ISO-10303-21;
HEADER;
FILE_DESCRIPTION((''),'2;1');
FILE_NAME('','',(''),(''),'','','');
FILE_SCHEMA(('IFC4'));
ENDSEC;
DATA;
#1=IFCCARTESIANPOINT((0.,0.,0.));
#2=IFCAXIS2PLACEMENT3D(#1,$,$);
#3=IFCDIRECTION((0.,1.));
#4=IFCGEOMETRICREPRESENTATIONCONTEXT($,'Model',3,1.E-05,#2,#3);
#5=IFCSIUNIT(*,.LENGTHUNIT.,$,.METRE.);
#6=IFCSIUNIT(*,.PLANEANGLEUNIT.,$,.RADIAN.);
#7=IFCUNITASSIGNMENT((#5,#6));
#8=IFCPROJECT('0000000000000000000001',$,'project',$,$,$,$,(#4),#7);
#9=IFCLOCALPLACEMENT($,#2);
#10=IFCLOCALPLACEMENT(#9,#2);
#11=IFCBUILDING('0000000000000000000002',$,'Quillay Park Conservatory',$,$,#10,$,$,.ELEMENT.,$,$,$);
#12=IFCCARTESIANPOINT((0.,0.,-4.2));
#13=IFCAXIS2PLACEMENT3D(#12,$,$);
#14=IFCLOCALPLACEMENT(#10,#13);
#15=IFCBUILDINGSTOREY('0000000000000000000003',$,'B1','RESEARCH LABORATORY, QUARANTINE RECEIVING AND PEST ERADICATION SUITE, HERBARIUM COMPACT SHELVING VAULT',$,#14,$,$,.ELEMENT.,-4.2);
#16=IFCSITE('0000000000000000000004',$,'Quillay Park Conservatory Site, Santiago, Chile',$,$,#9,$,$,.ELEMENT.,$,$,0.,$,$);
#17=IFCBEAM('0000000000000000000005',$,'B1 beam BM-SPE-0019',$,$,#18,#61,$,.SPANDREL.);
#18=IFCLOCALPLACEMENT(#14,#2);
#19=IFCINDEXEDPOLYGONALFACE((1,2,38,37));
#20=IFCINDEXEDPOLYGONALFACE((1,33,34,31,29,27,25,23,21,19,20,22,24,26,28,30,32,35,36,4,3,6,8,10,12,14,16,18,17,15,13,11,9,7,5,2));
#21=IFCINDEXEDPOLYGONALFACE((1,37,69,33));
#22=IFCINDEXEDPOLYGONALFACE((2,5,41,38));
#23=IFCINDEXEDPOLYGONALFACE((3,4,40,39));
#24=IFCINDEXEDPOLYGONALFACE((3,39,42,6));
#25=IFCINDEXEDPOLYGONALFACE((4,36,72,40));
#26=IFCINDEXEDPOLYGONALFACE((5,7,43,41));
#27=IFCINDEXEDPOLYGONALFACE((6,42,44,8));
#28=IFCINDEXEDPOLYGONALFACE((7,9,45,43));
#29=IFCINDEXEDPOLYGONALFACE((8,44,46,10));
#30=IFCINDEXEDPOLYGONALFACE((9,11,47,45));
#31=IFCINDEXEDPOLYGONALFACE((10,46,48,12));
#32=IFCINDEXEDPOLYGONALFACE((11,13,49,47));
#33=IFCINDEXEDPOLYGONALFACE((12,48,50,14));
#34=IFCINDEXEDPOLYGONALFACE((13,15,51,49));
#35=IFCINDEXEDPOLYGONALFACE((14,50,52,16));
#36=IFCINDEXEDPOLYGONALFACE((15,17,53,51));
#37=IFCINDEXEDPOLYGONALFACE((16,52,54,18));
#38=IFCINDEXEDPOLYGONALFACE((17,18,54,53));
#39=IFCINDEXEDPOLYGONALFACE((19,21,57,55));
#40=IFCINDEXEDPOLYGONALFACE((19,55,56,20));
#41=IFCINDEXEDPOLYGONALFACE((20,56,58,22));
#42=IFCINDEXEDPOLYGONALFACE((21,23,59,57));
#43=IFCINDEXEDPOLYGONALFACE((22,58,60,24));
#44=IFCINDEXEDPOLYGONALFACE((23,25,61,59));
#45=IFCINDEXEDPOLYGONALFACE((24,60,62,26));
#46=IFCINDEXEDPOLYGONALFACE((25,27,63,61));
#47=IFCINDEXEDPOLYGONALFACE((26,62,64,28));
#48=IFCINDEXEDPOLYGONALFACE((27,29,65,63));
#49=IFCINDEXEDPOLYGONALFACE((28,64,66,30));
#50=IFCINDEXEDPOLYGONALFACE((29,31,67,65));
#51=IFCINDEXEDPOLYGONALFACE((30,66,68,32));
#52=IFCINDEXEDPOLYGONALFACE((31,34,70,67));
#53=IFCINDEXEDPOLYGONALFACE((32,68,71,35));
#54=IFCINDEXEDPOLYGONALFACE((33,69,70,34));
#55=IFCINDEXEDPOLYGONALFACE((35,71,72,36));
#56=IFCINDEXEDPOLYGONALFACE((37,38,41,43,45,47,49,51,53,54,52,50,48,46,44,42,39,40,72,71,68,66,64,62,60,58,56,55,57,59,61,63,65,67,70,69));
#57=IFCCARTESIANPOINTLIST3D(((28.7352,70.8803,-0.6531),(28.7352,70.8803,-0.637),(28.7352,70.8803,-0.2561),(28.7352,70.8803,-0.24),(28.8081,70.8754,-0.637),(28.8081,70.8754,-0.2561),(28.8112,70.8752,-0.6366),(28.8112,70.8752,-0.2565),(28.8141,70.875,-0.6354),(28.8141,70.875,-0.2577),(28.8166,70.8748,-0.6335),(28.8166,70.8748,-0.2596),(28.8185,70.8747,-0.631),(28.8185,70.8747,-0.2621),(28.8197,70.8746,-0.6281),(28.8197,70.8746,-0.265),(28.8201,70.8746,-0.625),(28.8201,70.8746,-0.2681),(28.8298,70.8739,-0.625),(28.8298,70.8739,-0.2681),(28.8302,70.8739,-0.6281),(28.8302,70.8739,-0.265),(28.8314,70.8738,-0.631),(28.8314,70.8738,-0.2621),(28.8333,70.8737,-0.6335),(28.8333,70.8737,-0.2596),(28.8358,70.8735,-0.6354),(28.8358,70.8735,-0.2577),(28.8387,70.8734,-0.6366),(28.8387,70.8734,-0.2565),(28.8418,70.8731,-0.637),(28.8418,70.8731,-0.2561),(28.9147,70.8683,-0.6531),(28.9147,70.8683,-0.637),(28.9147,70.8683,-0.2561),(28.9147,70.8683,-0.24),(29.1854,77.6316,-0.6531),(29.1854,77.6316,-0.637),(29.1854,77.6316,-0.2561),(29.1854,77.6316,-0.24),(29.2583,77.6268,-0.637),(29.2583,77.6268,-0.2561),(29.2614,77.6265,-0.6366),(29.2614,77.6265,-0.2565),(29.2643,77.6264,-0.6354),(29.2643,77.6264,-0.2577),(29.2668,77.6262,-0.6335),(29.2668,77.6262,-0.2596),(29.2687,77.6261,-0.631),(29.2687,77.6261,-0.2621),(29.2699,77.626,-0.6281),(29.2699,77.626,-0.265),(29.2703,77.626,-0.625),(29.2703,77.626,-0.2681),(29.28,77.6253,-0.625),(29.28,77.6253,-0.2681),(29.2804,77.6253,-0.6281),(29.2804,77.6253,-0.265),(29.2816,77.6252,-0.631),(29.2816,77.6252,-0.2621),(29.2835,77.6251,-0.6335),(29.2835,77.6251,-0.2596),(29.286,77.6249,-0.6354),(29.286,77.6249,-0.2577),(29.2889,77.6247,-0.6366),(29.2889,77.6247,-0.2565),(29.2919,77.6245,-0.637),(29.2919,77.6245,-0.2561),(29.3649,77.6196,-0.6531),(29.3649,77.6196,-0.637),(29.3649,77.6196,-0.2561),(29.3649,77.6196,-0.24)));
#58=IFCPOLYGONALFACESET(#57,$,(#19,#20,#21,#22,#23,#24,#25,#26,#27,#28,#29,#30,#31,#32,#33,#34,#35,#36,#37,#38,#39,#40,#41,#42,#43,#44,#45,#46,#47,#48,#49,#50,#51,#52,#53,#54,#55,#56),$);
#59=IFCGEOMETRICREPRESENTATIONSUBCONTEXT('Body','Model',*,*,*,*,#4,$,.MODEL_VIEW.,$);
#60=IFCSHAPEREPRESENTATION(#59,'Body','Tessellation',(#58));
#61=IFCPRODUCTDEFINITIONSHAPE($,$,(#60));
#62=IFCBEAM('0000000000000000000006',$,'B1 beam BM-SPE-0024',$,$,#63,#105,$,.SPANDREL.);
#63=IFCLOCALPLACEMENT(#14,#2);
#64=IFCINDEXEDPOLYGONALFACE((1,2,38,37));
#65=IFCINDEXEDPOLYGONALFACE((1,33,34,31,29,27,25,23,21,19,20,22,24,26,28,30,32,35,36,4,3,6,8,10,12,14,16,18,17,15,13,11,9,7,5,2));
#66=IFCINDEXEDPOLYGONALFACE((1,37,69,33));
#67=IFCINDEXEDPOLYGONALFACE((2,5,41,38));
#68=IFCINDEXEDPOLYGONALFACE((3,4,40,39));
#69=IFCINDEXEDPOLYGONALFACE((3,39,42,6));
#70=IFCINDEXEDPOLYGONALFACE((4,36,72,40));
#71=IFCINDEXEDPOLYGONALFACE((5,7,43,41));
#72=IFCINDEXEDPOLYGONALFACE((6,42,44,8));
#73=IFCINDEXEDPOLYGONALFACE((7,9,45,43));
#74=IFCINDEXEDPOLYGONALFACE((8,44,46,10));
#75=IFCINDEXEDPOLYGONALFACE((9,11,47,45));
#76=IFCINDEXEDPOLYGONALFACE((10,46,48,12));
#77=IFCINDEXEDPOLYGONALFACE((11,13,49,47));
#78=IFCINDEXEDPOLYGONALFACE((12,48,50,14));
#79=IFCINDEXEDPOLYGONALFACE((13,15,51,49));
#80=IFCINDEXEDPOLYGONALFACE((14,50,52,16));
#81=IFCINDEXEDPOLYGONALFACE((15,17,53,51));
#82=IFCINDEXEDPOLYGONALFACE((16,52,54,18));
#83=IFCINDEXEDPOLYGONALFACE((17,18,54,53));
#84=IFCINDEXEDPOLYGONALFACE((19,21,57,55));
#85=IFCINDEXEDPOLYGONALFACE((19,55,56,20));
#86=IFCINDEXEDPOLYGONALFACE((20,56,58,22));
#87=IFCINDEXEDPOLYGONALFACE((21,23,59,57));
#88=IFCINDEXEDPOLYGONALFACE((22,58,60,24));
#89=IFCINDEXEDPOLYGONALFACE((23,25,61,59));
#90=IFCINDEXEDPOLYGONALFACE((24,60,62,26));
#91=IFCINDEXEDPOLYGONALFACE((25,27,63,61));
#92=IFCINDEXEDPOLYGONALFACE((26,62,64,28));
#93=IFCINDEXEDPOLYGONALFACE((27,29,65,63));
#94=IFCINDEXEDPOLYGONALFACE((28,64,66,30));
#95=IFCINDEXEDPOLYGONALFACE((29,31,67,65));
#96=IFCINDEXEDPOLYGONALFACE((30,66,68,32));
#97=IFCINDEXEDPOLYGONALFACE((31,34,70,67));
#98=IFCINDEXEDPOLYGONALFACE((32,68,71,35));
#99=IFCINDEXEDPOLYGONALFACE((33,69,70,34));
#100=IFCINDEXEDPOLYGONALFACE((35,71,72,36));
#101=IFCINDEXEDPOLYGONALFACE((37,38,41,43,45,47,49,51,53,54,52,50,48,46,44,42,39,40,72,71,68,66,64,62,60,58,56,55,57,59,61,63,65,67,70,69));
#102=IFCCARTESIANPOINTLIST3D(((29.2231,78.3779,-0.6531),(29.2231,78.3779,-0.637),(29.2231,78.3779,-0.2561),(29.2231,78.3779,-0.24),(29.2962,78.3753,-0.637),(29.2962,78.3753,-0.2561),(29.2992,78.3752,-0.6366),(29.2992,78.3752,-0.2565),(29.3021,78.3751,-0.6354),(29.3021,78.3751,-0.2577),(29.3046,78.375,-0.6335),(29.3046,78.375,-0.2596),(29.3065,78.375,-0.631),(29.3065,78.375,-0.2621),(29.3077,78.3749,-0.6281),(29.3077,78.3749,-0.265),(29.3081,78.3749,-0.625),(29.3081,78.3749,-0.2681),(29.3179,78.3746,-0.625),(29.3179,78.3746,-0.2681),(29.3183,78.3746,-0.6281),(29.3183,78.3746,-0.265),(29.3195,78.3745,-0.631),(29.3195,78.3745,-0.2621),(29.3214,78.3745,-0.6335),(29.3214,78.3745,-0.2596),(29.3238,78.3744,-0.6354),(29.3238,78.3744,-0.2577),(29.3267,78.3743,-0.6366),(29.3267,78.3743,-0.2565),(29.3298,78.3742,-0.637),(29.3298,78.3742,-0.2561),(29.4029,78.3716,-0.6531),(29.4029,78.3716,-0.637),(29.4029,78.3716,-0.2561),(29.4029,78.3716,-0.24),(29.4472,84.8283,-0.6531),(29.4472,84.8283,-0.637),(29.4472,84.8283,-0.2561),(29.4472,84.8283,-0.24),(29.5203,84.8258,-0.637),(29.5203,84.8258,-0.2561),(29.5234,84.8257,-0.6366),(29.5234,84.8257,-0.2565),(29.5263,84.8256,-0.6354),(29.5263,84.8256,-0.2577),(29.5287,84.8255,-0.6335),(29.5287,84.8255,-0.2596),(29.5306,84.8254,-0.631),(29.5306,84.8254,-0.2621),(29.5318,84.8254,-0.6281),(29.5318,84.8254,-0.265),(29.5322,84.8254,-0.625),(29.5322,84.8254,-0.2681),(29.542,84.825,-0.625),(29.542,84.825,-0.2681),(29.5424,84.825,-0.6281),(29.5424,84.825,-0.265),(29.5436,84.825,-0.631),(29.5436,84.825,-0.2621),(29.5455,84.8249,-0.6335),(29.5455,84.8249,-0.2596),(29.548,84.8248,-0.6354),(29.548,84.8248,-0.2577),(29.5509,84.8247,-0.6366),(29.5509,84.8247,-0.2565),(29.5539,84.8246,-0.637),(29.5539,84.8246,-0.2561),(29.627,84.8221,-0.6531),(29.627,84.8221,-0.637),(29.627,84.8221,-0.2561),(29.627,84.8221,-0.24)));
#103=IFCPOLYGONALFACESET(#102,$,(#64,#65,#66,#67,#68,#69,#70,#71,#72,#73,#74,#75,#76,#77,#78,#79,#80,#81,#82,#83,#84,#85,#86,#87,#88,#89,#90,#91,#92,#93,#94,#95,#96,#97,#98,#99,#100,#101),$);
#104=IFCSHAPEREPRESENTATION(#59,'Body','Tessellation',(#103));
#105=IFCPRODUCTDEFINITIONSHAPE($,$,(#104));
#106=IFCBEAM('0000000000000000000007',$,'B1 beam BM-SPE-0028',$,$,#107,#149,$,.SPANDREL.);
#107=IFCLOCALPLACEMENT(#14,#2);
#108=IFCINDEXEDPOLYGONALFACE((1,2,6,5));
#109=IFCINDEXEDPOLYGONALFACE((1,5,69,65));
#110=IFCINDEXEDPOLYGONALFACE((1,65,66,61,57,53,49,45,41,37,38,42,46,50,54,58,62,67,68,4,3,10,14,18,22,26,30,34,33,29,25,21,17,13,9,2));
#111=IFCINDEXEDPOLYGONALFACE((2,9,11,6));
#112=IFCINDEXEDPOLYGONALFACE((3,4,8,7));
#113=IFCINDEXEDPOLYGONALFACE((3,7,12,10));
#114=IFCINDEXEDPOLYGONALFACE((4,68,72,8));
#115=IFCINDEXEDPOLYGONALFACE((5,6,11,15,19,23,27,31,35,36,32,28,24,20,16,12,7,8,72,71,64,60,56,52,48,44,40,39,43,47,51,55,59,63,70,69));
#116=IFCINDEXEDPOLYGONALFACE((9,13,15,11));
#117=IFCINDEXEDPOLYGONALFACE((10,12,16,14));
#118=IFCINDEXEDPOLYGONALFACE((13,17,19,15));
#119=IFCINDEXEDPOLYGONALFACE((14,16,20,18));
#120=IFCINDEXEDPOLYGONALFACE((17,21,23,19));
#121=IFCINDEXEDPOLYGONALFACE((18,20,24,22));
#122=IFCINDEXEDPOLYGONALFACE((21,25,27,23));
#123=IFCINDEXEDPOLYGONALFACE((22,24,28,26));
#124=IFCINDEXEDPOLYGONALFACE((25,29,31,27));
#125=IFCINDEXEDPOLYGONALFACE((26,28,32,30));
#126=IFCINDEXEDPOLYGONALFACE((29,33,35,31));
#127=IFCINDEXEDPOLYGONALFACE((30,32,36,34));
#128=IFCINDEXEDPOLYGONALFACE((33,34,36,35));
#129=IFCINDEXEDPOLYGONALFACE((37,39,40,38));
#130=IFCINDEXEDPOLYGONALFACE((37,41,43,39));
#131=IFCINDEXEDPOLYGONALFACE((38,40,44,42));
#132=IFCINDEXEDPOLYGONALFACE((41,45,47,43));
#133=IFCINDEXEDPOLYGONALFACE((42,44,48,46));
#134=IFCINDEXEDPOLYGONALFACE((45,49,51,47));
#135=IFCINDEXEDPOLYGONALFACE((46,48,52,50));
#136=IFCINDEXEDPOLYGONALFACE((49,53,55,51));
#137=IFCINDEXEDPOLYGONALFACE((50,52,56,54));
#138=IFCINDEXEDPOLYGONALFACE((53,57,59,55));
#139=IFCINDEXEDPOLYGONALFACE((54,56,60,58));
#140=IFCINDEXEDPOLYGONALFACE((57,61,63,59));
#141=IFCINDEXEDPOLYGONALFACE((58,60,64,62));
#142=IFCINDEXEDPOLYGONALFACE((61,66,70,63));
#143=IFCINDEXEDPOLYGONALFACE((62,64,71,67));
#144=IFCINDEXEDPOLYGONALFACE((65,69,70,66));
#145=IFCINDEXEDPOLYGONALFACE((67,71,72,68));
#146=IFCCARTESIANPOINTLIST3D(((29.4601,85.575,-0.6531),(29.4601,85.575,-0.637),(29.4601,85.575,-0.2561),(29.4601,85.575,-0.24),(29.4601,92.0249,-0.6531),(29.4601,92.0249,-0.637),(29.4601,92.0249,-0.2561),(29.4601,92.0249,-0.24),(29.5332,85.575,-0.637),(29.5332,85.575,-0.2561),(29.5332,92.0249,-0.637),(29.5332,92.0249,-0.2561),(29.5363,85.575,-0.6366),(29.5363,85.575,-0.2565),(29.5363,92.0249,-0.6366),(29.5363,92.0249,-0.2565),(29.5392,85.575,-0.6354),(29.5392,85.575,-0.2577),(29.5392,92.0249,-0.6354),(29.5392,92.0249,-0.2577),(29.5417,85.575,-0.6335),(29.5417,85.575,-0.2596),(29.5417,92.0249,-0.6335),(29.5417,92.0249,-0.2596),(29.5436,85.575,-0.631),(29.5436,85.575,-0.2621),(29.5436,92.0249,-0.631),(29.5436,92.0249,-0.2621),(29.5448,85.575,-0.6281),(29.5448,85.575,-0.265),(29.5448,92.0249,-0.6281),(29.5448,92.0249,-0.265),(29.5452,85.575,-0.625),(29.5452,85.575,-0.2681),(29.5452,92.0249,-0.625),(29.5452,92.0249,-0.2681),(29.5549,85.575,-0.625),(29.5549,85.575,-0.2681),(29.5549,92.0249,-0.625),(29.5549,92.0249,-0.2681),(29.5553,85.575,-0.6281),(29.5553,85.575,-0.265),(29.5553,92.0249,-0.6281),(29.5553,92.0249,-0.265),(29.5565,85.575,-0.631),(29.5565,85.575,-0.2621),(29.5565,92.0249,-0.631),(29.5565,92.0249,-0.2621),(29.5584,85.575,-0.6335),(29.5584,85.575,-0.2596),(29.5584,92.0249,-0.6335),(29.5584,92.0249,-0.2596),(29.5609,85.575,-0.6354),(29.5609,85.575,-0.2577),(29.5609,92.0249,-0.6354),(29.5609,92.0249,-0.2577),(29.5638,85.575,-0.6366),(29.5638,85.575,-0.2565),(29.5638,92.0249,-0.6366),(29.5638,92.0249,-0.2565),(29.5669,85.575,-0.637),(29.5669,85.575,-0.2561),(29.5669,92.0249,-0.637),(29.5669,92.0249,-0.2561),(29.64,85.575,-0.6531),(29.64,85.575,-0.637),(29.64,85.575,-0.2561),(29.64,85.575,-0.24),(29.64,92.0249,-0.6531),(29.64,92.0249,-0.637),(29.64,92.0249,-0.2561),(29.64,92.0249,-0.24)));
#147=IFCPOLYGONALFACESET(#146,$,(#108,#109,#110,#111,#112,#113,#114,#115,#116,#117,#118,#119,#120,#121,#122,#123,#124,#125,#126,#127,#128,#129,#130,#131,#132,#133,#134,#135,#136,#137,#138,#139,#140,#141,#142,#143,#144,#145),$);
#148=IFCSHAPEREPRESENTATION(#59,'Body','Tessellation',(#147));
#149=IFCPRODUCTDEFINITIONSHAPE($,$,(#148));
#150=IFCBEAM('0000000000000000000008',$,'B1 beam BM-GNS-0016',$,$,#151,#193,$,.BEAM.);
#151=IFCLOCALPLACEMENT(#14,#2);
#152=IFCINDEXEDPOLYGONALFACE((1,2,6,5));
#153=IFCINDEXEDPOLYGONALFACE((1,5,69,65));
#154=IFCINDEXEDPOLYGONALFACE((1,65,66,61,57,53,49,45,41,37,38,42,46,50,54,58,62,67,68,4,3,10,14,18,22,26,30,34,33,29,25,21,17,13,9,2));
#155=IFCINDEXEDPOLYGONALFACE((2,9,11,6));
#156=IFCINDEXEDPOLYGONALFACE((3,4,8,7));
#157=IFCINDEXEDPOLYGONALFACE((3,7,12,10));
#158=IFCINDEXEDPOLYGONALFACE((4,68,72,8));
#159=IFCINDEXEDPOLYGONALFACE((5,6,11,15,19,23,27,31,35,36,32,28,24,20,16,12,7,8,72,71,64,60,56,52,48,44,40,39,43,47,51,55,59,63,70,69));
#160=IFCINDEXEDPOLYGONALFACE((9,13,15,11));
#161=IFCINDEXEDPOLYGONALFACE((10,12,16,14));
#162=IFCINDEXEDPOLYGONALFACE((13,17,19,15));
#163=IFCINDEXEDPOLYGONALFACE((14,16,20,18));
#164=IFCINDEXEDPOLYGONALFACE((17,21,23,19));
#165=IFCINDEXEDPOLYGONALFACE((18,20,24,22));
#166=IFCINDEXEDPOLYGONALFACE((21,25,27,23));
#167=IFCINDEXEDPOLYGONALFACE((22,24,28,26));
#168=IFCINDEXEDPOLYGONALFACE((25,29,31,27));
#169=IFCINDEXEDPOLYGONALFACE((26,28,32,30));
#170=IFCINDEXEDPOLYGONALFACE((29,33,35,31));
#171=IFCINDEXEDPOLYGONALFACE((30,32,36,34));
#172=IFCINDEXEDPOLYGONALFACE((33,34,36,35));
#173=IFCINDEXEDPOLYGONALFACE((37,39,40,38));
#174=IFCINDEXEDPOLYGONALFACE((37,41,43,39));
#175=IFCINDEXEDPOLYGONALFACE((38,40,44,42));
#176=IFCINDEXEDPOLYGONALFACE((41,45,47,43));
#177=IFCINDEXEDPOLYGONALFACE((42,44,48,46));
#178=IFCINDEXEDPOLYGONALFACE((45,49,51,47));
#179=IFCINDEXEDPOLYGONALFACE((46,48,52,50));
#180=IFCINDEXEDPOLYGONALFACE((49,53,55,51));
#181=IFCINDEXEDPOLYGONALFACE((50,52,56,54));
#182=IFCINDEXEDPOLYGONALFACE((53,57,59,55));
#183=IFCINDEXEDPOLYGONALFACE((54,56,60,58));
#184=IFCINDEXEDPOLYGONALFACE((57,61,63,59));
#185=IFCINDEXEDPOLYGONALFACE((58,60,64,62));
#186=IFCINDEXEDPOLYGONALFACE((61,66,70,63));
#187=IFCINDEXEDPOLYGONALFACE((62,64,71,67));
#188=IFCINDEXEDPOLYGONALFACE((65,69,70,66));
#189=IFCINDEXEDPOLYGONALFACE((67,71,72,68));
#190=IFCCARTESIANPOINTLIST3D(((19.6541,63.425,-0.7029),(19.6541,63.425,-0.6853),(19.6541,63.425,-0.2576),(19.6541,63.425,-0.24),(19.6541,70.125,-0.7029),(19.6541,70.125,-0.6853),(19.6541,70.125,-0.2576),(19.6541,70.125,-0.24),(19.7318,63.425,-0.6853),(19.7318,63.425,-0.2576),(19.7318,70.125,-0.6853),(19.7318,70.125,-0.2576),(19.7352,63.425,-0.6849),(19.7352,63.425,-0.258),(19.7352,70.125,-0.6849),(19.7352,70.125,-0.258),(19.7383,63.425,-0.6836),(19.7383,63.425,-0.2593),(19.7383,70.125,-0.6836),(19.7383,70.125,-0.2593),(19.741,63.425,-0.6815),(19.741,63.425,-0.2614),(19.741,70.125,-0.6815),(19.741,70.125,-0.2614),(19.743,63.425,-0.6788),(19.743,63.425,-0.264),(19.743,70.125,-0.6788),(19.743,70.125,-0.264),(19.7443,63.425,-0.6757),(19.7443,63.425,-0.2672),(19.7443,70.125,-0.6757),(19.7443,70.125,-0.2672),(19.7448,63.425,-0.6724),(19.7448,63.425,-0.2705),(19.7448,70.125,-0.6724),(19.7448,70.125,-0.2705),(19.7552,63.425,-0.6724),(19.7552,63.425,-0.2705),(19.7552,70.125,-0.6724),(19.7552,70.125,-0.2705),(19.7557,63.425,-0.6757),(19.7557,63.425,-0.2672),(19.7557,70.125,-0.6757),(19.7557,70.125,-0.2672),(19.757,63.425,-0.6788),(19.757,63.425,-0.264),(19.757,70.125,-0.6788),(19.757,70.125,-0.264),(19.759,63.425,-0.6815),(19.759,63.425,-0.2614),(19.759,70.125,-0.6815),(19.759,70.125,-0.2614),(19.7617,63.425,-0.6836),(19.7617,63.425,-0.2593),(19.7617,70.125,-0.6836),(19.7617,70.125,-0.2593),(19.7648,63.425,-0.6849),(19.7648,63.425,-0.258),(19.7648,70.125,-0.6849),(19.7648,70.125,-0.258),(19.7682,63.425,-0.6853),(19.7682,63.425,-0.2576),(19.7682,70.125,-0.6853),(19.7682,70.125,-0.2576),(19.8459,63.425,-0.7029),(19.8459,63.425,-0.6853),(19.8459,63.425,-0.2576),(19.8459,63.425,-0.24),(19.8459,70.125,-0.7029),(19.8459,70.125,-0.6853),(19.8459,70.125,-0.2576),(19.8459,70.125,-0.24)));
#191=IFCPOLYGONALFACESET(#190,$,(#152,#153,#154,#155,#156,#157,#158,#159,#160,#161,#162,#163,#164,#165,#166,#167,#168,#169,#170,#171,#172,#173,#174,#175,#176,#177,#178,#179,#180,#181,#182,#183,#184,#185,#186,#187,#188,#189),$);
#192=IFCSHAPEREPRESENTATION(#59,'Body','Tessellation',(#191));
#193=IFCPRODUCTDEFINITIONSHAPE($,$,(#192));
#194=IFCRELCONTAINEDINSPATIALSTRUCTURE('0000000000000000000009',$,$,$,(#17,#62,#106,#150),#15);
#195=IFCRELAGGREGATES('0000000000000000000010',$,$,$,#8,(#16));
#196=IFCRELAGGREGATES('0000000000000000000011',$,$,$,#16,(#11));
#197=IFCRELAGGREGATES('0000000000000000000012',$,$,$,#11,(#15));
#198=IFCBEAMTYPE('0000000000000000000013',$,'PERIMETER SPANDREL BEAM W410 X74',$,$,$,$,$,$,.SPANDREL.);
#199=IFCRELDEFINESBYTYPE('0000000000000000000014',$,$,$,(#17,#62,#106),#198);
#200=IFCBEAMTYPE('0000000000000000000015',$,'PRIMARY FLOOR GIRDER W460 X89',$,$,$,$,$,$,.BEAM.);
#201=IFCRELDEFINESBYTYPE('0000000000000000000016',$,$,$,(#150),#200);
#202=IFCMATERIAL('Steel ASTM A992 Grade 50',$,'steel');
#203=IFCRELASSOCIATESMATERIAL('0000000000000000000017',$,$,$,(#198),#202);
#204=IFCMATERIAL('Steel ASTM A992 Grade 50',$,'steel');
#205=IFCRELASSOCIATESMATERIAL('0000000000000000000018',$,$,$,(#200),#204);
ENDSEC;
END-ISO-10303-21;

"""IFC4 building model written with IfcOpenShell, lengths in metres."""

from ifc_helpers import new_model, si_unit, direction, frame, origin, origin_2d, place, context, subcontext, project, spatial, i_section, extrude, material, material_profile, profile_set, type_object, element, save


model = new_model("IFC4")

# Units and contexts
model_context = context("Model", 3, precision=1e-05, world=origin(), true_north=direction((0.0, 1.0)))
body_context = subcontext(model_context, "Body", "Model", "MODEL_VIEW")
ifc_project = project(units=[si_unit("LENGTHUNIT", "METRE"), si_unit("PLANEANGLEUNIT", "RADIAN")], contexts=[model_context])

# Site, building, storey
site_placement = place(None, origin())
site = spatial("IfcSite", under=ifc_project, at=site_placement, Name="Quillay Park Conservatory Site, Santiago, Chile", CompositionType="ELEMENT", RefElevation=0.0)
building_placement = place(site_placement, origin())
building = spatial("IfcBuilding", under=site, at=building_placement, Name="Quillay Park Conservatory", CompositionType="ELEMENT")
storey_placement = place(building_placement, frame((0.0, 0.0, -4.2)))
storey = spatial("IfcBuildingStorey", under=building, at=storey_placement, Name="B1", Description="RESEARCH LABORATORY, QUARANTINE RECEIVING AND PEST ERADICATION SUITE, HERBARIUM COMPACT SHELVING VAULT", CompositionType="ELEMENT", Elevation=-4.2)

# Beams
ifc_material_1 = material(Name="Steel ASTM A992 Grade 50", Category="steel")
ifc_material_profile_1 = material_profile(ifc_material_1, i_section(OverallWidth=0.1799, OverallDepth=0.4131, WebThickness=0.0098, FlangeThickness=0.0161, FilletRadius=0.012, at=origin_2d()), Name="W410x74")
ifc_profile_set_1 = profile_set([ifc_material_profile_1], Name="Steel ASTM A992 Grade 50")
beam_type_1 = type_object("IfcBeamType", Name="PERIMETER SPANDREL BEAM W410 X74", PredefinedType="SPANDREL", material=ifc_profile_set_1)
beam_1_placement = place(storey_placement, frame((28.825, 70.8743, -0.4465), z_axis=(0.066533, 0.997784, 0.0), x_axis=(-0.997784, 0.066533, 0.0)))
element("IfcBeam", 1, at=beam_1_placement, inside=storey, type_object=beam_type_1, Name="B1 beam BM-SPE-0019", PredefinedType="SPANDREL", context=body_context, shape_type="SweptSolid", body=[
    extrude(i_section(OverallWidth=0.1799, OverallDepth=0.4131, WebThickness=0.0098, FlangeThickness=0.0161, FilletRadius=0.012, at=origin_2d()), origin(), (0.0, 0.0, 1.0), 6.7664),
])
beam_2_placement = place(storey_placement, frame((29.313, 78.3748, -0.4465), z_axis=(0.034724, 0.999397, 0.0), x_axis=(-0.999397, 0.034724, 0.0)))
element("IfcBeam", 2, at=beam_2_placement, inside=storey, type_object=beam_type_1, Name="B1 beam BM-SPE-0024", PredefinedType="SPANDREL", context=body_context, shape_type="SweptSolid", body=[
    extrude(i_section(OverallWidth=0.1799, OverallDepth=0.4131, WebThickness=0.0098, FlangeThickness=0.0161, FilletRadius=0.012, at=origin_2d()), origin(), (0.0, 0.0, 1.0), 6.4543),
])
beam_3_placement = place(storey_placement, frame((29.55, 85.575, -0.4465), z_axis=(0.0, 1.0, 0.0), x_axis=(-1.0, 0.0, 0.0)))
element("IfcBeam", 3, at=beam_3_placement, inside=storey, type_object=beam_type_1, Name="B1 beam BM-SPE-0028", PredefinedType="SPANDREL", context=body_context, shape_type="SweptSolid", body=[
    extrude(i_section(OverallWidth=0.1799, OverallDepth=0.4131, WebThickness=0.0098, FlangeThickness=0.0161, FilletRadius=0.012, at=origin_2d()), origin(), (0.0, 0.0, 1.0), 6.45),
])
ifc_material_2 = material(Name="Steel ASTM A992 Grade 50", Category="steel")
ifc_material_profile_2 = material_profile(ifc_material_2, i_section(OverallWidth=0.1919, OverallDepth=0.4629, WebThickness=0.0105, FlangeThickness=0.0176, FilletRadius=0.0129, at=origin_2d()), Name="W460x89")
ifc_profile_set_2 = profile_set([ifc_material_profile_2], Name="Steel ASTM A992 Grade 50")
beam_type_2 = type_object("IfcBeamType", Name="PRIMARY FLOOR GIRDER W460 X89", PredefinedType="BEAM", material=ifc_profile_set_2)
beam_4_placement = place(storey_placement, frame((19.75, 63.425, -0.4714), z_axis=(0.0, 1.0, 0.0), x_axis=(-1.0, 0.0, 0.0)))
element("IfcBeam", 4, at=beam_4_placement, inside=storey, type_object=beam_type_2, Name="B1 beam BM-GNS-0016", PredefinedType="BEAM", context=body_context, shape_type="SweptSolid", body=[
    extrude(i_section(OverallWidth=0.1919, OverallDepth=0.4629, WebThickness=0.0105, FlangeThickness=0.0176, FilletRadius=0.0129, at=origin_2d()), origin(), (0.0, 0.0, 1.0), 6.7),
])

save(model, "model.ifc")
